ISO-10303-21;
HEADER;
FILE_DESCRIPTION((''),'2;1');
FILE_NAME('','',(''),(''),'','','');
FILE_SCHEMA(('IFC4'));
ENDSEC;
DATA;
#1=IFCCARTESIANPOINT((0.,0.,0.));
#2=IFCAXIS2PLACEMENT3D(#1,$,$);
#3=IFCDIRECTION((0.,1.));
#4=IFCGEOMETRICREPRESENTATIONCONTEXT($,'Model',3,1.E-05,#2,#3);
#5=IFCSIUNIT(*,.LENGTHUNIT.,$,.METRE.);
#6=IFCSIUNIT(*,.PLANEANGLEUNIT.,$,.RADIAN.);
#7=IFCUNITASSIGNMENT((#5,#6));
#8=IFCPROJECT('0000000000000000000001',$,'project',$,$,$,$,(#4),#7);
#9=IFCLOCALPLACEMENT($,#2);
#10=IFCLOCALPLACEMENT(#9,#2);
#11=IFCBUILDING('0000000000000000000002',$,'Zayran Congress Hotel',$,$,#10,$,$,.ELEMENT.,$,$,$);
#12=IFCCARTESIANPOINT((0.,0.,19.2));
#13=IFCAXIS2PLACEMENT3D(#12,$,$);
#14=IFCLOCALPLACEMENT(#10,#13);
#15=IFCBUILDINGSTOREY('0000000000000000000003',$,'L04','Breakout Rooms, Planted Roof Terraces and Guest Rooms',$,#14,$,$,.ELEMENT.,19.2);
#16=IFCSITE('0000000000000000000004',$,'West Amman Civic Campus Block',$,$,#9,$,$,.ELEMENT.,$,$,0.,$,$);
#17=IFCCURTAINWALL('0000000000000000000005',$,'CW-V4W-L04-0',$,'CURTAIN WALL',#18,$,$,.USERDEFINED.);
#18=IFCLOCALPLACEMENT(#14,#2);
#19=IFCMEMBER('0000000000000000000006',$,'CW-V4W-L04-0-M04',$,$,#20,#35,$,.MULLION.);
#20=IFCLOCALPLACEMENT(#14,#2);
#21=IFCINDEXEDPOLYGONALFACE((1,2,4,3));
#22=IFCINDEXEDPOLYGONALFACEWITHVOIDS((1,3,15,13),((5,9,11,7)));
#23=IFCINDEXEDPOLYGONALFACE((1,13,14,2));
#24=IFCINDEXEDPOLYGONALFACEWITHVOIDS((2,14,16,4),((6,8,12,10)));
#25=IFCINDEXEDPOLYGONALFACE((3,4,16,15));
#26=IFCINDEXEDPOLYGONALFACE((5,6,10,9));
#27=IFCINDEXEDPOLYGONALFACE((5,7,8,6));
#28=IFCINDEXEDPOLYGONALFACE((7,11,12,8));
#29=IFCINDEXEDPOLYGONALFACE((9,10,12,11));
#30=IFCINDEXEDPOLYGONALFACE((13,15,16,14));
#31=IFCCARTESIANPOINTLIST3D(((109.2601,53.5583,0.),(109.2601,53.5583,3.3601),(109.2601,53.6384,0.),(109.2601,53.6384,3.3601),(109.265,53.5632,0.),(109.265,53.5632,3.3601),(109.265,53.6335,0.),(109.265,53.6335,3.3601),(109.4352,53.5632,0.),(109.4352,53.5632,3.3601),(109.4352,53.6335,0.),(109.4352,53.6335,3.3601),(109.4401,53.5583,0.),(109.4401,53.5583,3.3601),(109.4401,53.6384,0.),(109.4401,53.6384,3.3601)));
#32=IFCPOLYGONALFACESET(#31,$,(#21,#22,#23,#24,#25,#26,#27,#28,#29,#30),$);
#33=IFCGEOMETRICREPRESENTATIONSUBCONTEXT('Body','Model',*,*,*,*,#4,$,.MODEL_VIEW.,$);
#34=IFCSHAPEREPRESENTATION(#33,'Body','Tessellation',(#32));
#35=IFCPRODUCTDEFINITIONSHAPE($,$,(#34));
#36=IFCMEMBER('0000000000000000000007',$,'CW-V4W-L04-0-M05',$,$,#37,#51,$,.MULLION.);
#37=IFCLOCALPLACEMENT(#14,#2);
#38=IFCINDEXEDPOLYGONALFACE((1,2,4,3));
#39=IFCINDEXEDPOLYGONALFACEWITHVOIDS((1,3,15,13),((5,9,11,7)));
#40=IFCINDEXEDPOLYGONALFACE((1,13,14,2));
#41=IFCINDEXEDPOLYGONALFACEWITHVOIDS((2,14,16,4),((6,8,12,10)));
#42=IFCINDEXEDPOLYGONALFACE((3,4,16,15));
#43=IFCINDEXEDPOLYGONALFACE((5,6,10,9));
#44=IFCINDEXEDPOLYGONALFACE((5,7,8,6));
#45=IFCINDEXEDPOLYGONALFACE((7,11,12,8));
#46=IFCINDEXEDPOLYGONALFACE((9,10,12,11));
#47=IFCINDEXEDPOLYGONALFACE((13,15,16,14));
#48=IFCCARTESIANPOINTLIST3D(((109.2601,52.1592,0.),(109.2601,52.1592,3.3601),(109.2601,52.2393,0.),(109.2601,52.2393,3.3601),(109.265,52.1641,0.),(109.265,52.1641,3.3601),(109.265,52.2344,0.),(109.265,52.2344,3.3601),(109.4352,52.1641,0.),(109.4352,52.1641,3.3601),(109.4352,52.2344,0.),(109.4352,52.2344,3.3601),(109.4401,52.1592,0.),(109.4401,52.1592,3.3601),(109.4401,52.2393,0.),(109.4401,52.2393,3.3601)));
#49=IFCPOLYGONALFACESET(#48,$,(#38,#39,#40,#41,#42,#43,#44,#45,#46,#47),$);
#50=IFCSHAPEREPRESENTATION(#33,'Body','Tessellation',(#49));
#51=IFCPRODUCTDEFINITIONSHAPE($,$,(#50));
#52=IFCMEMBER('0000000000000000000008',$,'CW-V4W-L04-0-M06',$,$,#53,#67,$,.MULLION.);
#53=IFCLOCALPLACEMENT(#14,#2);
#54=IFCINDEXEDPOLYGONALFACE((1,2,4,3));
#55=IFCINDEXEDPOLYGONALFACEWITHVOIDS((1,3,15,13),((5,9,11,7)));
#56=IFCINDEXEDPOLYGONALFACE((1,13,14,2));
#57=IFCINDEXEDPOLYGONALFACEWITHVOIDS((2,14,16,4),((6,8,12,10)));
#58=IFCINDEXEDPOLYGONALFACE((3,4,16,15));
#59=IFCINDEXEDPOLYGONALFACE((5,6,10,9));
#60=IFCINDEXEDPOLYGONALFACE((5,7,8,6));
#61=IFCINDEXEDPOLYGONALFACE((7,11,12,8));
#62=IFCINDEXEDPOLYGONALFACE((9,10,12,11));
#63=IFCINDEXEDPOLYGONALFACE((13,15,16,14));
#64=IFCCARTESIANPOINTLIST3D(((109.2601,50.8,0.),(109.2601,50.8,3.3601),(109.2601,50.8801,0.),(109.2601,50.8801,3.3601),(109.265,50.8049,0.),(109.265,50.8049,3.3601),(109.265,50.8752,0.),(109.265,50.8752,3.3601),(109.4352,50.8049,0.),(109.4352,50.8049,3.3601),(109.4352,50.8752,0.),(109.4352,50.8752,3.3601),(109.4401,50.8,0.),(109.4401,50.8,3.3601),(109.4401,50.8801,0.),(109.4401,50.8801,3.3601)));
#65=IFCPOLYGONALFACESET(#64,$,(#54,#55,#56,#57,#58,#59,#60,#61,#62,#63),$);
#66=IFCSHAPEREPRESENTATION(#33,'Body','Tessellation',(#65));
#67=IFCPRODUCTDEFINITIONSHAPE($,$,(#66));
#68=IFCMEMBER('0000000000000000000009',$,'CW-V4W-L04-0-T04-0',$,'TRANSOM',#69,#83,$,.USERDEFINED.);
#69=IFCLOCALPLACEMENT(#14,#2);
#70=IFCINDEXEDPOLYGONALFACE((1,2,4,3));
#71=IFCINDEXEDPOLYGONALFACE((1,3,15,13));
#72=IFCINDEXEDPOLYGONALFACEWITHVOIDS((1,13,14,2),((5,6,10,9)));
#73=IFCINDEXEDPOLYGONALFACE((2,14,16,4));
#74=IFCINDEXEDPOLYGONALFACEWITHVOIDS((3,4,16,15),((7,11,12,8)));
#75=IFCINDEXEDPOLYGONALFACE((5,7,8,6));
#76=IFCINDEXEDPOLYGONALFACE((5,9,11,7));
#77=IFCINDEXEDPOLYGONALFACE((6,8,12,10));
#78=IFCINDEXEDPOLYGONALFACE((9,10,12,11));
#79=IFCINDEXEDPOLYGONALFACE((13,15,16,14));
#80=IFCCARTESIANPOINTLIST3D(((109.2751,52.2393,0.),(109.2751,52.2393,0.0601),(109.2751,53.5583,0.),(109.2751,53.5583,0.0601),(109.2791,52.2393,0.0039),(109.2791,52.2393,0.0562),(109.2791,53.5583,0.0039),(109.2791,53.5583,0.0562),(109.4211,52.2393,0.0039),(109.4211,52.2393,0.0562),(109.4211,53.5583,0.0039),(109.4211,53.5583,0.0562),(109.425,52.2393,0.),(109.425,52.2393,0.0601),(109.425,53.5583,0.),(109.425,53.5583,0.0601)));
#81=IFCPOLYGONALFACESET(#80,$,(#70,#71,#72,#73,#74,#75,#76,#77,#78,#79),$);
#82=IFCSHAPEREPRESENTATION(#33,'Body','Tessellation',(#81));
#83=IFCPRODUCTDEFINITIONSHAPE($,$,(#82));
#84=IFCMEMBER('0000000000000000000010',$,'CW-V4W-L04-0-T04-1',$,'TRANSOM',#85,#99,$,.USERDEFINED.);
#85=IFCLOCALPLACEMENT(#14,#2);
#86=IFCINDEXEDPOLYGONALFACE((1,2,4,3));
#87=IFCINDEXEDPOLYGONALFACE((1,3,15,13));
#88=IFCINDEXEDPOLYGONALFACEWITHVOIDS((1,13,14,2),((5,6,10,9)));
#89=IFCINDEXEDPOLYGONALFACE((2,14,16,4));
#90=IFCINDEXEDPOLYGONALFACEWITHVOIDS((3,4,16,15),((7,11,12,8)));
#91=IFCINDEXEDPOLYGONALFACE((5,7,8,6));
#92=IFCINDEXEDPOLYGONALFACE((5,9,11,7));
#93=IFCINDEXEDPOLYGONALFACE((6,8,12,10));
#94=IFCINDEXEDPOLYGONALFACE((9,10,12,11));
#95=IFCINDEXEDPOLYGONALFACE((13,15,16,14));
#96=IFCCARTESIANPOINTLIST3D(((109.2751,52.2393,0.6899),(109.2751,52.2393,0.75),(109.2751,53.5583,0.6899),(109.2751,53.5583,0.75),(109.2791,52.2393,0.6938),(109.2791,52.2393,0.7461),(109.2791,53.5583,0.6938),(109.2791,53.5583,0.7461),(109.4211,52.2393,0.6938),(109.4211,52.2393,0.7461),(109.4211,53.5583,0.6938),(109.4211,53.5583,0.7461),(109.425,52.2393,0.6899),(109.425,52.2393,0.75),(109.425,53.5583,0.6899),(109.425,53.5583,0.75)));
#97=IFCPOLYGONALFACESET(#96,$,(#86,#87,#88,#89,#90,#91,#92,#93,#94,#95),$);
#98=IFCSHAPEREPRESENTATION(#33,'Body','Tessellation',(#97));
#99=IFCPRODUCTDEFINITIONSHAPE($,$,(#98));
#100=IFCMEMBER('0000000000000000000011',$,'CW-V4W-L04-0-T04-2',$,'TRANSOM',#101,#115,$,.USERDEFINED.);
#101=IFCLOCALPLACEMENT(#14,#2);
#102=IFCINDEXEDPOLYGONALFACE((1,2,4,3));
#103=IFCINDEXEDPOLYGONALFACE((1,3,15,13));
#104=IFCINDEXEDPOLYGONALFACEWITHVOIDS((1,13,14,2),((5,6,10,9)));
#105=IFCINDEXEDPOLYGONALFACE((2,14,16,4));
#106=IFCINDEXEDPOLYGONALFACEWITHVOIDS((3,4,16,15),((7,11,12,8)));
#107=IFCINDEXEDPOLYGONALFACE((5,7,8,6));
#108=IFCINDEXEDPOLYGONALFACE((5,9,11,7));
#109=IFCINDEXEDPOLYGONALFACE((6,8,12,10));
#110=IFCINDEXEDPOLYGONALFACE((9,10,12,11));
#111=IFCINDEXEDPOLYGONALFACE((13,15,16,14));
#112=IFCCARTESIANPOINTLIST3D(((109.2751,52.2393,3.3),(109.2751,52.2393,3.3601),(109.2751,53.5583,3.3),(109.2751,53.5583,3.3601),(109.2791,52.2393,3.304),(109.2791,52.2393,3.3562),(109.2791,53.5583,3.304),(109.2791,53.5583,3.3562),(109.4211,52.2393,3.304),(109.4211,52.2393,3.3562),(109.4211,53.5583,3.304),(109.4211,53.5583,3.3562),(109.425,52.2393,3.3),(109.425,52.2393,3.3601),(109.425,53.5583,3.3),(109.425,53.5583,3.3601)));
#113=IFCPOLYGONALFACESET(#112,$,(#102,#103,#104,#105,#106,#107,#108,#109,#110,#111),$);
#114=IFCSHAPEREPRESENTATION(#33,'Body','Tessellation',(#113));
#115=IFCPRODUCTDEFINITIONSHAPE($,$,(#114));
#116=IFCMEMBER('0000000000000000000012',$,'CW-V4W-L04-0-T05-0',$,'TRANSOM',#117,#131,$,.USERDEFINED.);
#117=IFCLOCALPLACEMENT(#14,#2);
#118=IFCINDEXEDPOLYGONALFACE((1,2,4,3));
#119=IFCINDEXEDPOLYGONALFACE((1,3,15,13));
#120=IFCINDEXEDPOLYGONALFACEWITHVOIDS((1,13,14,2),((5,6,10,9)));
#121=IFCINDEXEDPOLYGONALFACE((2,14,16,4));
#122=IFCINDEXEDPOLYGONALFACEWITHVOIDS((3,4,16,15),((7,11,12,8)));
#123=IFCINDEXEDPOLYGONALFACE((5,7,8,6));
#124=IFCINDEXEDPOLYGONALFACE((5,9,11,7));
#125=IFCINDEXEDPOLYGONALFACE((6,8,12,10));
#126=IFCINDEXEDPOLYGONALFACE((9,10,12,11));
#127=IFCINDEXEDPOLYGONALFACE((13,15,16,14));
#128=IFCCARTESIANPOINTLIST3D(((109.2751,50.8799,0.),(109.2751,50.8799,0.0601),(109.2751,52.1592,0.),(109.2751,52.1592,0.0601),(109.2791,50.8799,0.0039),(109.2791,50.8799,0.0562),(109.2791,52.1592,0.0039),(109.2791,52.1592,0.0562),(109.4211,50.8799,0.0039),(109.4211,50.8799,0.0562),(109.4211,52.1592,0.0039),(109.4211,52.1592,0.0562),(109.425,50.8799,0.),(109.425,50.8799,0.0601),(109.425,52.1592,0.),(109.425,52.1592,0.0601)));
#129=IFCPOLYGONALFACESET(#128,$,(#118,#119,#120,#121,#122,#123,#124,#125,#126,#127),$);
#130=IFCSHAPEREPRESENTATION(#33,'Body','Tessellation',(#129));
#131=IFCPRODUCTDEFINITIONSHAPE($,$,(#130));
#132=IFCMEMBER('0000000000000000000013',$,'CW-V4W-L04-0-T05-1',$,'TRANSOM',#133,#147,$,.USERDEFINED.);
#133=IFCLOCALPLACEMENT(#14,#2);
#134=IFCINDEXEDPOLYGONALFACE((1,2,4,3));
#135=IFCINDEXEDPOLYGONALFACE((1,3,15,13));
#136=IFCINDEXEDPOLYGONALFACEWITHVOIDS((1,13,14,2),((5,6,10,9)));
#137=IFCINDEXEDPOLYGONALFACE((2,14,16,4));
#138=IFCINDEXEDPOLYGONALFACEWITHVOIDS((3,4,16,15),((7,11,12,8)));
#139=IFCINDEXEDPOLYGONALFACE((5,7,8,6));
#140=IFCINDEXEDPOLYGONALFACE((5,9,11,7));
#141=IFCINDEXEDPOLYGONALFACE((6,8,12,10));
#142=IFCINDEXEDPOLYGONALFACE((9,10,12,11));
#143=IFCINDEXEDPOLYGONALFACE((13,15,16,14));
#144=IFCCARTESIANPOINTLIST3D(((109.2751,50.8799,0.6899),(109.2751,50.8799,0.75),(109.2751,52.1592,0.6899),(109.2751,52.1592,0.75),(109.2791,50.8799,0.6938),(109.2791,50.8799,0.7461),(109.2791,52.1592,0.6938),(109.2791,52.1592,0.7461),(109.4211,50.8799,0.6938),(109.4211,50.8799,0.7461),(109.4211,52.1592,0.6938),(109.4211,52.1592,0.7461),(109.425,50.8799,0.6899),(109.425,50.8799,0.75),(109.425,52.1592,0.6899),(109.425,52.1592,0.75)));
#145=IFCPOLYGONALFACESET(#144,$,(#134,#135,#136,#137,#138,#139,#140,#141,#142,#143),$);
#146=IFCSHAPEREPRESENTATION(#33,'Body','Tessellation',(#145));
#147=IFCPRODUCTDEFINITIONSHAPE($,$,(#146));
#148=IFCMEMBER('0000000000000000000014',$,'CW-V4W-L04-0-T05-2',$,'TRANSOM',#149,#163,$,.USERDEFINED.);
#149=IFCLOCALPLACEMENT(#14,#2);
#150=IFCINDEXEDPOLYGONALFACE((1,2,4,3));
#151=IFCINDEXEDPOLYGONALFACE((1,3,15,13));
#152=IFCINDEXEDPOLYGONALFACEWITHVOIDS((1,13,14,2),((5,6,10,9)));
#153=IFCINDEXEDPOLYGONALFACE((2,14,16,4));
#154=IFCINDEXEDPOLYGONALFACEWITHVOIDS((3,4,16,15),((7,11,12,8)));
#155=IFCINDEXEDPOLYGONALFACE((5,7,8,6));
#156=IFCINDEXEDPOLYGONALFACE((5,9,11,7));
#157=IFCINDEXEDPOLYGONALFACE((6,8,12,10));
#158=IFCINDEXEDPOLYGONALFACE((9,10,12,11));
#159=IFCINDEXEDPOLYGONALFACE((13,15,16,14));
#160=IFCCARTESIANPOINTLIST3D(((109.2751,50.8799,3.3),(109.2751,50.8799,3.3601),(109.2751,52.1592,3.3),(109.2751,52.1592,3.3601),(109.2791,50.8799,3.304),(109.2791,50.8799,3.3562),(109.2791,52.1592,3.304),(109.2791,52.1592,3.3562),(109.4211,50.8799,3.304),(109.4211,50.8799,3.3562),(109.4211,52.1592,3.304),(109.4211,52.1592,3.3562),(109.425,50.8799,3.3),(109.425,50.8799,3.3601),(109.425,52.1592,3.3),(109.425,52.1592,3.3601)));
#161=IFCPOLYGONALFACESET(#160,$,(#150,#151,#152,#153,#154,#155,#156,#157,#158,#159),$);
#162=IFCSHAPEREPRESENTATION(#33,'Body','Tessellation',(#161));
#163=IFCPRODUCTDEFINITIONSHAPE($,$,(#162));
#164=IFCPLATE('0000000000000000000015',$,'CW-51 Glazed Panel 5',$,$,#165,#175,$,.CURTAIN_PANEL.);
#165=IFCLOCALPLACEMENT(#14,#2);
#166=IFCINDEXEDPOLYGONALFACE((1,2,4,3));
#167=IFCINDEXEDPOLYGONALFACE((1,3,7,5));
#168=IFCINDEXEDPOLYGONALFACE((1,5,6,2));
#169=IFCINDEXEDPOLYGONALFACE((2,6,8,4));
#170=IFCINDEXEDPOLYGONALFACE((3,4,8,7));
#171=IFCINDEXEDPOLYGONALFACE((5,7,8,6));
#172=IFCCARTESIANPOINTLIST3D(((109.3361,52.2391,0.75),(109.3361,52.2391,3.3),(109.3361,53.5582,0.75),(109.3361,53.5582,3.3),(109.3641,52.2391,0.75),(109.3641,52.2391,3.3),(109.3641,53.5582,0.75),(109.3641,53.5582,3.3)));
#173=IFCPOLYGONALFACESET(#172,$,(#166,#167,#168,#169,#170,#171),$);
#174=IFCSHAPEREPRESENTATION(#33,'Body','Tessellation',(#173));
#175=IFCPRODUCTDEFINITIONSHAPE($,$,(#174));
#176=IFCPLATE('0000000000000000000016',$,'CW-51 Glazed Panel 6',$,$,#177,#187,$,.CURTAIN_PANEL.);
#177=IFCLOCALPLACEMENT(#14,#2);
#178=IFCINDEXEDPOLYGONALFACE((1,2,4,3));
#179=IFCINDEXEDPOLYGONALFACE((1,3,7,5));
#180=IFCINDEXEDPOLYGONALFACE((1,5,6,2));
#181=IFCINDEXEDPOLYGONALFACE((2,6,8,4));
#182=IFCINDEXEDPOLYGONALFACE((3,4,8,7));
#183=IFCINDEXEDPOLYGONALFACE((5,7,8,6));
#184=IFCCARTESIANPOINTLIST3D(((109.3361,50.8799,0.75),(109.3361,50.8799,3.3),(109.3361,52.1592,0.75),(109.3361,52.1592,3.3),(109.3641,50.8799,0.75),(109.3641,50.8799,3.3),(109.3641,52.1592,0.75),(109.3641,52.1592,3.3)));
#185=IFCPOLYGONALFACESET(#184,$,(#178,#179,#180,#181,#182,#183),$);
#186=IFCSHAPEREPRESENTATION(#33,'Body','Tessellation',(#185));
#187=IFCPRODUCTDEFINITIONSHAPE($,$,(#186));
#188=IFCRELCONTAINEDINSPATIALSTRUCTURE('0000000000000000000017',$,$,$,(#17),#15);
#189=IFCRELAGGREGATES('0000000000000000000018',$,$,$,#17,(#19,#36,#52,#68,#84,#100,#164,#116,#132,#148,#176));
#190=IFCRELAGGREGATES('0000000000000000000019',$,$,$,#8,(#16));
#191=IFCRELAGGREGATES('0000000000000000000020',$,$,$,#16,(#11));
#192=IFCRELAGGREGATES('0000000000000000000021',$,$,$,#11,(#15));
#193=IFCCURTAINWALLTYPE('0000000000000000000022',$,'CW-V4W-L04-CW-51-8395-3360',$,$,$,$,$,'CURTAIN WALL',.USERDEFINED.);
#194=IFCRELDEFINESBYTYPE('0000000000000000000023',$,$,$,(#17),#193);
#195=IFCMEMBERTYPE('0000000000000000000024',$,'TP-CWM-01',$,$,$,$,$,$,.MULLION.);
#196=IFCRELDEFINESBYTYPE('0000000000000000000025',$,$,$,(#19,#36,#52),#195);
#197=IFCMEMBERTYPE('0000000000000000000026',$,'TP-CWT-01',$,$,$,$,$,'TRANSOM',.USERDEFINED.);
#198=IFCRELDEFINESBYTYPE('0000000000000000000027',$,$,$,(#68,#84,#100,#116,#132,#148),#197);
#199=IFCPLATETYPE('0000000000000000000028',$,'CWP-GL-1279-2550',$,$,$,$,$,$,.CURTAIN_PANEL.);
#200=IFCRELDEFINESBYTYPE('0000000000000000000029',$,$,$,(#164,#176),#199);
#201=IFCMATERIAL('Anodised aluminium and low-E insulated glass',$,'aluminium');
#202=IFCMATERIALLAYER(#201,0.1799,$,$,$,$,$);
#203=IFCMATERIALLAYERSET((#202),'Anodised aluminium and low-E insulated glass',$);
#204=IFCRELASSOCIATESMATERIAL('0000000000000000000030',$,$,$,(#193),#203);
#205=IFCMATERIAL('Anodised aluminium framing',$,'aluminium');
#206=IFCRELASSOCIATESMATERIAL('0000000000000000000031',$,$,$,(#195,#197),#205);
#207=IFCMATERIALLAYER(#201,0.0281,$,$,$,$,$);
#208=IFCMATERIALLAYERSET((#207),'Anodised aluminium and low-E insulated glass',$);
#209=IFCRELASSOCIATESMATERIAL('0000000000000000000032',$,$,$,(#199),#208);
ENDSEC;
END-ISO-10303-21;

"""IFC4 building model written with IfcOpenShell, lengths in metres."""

from ifc_helpers import new_model, si_unit, direction, frame, origin, origin_2d, place, context, subcontext, project, spatial, rectangle, hollow_rectangle, extrude, material, layer, layer_set, material_profile, profile_set, type_object, element, aggregate, save


model = new_model("IFC4")

# Units and contexts
model_context = context("Model", 3, precision=1e-05, world=origin(), true_north=direction((0.0, 1.0)))
body_context = subcontext(model_context, "Body", "Model", "MODEL_VIEW")
ifc_project = project(units=[si_unit("LENGTHUNIT", "METRE"), si_unit("PLANEANGLEUNIT", "RADIAN")], contexts=[model_context])

# Site, building, storey
site_placement = place(None, origin())
site = spatial("IfcSite", under=ifc_project, at=site_placement, Name="West Amman Civic Campus Block", CompositionType="ELEMENT", RefElevation=0.0)
building_placement = place(site_placement, origin())
building = spatial("IfcBuilding", under=site, at=building_placement, Name="Zayran Congress Hotel", CompositionType="ELEMENT")
storey_placement = place(building_placement, frame((0.0, 0.0, 19.2)))
storey = spatial("IfcBuildingStorey", under=building, at=storey_placement, Name="L04", Description="Breakout Rooms, Planted Roof Terraces and Guest Rooms", CompositionType="ELEMENT", Elevation=19.2)

# Curtain wall, members, plates
ifc_material_1 = material(Name="Anodised aluminium and low-E insulated glass", Category="aluminium")
ifc_layer_1 = layer(ifc_material_1, 0.1799)
ifc_layer_set_1 = layer_set([ifc_layer_1], Name="Anodised aluminium and low-E insulated glass")
curtain_wall_type = type_object("IfcCurtainWallType", Name="CW-V4W-L04-CW-51-8395-3360", ElementType="CURTAIN WALL", PredefinedType="USERDEFINED", material=ifc_layer_set_1)
curtain_wall_placement = place(storey_placement, origin())
curtain_wall = element("IfcCurtainWall", 1, at=curtain_wall_placement, inside=storey, type_object=curtain_wall_type, Name="CW-V4W-L04-0", ObjectType="CURTAIN WALL", PredefinedType="USERDEFINED")
ifc_material_2 = material(Name="Anodised aluminium framing", Category="aluminium")
ifc_material_profile_1 = material_profile(ifc_material_2, hollow_rectangle(XDim=0.0801, YDim=0.1799, WallThickness=0.0049, at=origin_2d()), Name="RHS 180x80x5")
ifc_profile_set_1 = profile_set([ifc_material_profile_1], Name="Anodised aluminium framing")
member_type_1 = type_object("IfcMemberType", Name="TP-CWM-01", PredefinedType="MULLION", material=ifc_profile_set_1)
member_1_placement = place(storey_placement, frame((109.3501, 53.5984, 0.0), z_axis=(0.0, 0.0, 1.0), x_axis=(0.0, 1.0, 0.0)))
member_1 = element("IfcMember", 2, at=member_1_placement, type_object=member_type_1, Name="CW-V4W-L04-0-M04", PredefinedType="MULLION", context=body_context, shape_type="SweptSolid", body=[
    extrude(hollow_rectangle(XDim=0.0801, YDim=0.1799, WallThickness=0.0049, at=origin_2d()), origin(), (0.0, 0.0, 1.0), 3.3601),
])
member_2_placement = place(storey_placement, frame((109.3501, 52.1992, 0.0), z_axis=(0.0, 0.0, 1.0), x_axis=(0.0, 1.0, 0.0)))
member_2 = element("IfcMember", 3, at=member_2_placement, type_object=member_type_1, Name="CW-V4W-L04-0-M05", PredefinedType="MULLION", context=body_context, shape_type="SweptSolid", body=[
    extrude(hollow_rectangle(XDim=0.0801, YDim=0.1799, WallThickness=0.0049, at=origin_2d()), origin(), (0.0, 0.0, 1.0), 3.3601),
])
member_3_placement = place(storey_placement, frame((109.3501, 50.8401, 0.0), z_axis=(0.0, 0.0, 1.0), x_axis=(0.0, 1.0, 0.0)))
member_3 = element("IfcMember", 4, at=member_3_placement, type_object=member_type_1, Name="CW-V4W-L04-0-M06", PredefinedType="MULLION", context=body_context, shape_type="SweptSolid", body=[
    extrude(hollow_rectangle(XDim=0.0801, YDim=0.1799, WallThickness=0.0049, at=origin_2d()), origin(), (0.0, 0.0, 1.0), 3.3601),
])
ifc_material_profile_2 = material_profile(ifc_material_2, hollow_rectangle(XDim=0.0601, YDim=0.1499, WallThickness=0.0039, at=origin_2d()), Name="RHS 150x60x4")
ifc_profile_set_2 = profile_set([ifc_material_profile_2], Name="Anodised aluminium framing")
member_type_2 = type_object("IfcMemberType", Name="TP-CWT-01", ElementType="TRANSOM", PredefinedType="USERDEFINED", material=ifc_profile_set_2)
member_4_placement = place(storey_placement, frame((109.3501, 53.5583, 0.03), z_axis=(0.0, -1.0, 0.0), x_axis=(0.0, 0.0, 1.0)))
member_4 = element("IfcMember", 5, at=member_4_placement, type_object=member_type_2, Name="CW-V4W-L04-0-T04-0", ObjectType="TRANSOM", PredefinedType="USERDEFINED", context=body_context, shape_type="SweptSolid", body=[
    extrude(hollow_rectangle(XDim=0.0601, YDim=0.1499, WallThickness=0.0039, at=origin_2d()), origin(), (0.0, 0.0, 1.0), 1.3191),
])
member_5_placement = place(storey_placement, frame((109.3501, 53.5583, 0.72), z_axis=(0.0, -1.0, 0.0), x_axis=(0.0, 0.0, 1.0)))
member_5 = element("IfcMember", 6, at=member_5_placement, type_object=member_type_2, Name="CW-V4W-L04-0-T04-1", ObjectType="TRANSOM", PredefinedType="USERDEFINED", context=body_context, shape_type="SweptSolid", body=[
    extrude(hollow_rectangle(XDim=0.0601, YDim=0.1499, WallThickness=0.0039, at=origin_2d()), origin(), (0.0, 0.0, 1.0), 1.3191),
])
member_6_placement = place(storey_placement, frame((109.3501, 53.5583, 3.3301), z_axis=(0.0, -1.0, 0.0), x_axis=(0.0, 0.0, 1.0)))
member_6 = element("IfcMember", 7, at=member_6_placement, type_object=member_type_2, Name="CW-V4W-L04-0-T04-2", ObjectType="TRANSOM", PredefinedType="USERDEFINED", context=body_context, shape_type="SweptSolid", body=[
    extrude(hollow_rectangle(XDim=0.0601, YDim=0.1499, WallThickness=0.0039, at=origin_2d()), origin(), (0.0, 0.0, 1.0), 1.3191),
])
member_7_placement = place(storey_placement, frame((109.3501, 52.1592, 0.03), z_axis=(0.0, -1.0, 0.0), x_axis=(0.0, 0.0, 1.0)))
member_7 = element("IfcMember", 8, at=member_7_placement, type_object=member_type_2, Name="CW-V4W-L04-0-T05-0", ObjectType="TRANSOM", PredefinedType="USERDEFINED", context=body_context, shape_type="SweptSolid", body=[
    extrude(hollow_rectangle(XDim=0.0601, YDim=0.1499, WallThickness=0.0039, at=origin_2d()), origin(), (0.0, 0.0, 1.0), 1.2793),
])
member_8_placement = place(storey_placement, frame((109.3501, 52.1592, 0.72), z_axis=(0.0, -1.0, 0.0), x_axis=(0.0, 0.0, 1.0)))
member_8 = element("IfcMember", 9, at=member_8_placement, type_object=member_type_2, Name="CW-V4W-L04-0-T05-1", ObjectType="TRANSOM", PredefinedType="USERDEFINED", context=body_context, shape_type="SweptSolid", body=[
    extrude(hollow_rectangle(XDim=0.0601, YDim=0.1499, WallThickness=0.0039, at=origin_2d()), origin(), (0.0, 0.0, 1.0), 1.2793),
])
member_9_placement = place(storey_placement, frame((109.3501, 52.1592, 3.3301), z_axis=(0.0, -1.0, 0.0), x_axis=(0.0, 0.0, 1.0)))
member_9 = element("IfcMember", 10, at=member_9_placement, type_object=member_type_2, Name="CW-V4W-L04-0-T05-2", ObjectType="TRANSOM", PredefinedType="USERDEFINED", context=body_context, shape_type="SweptSolid", body=[
    extrude(hollow_rectangle(XDim=0.0601, YDim=0.1499, WallThickness=0.0039, at=origin_2d()), origin(), (0.0, 0.0, 1.0), 1.2793),
])
ifc_layer_2 = layer(ifc_material_1, 0.0281)
ifc_layer_set_2 = layer_set([ifc_layer_2], Name="Anodised aluminium and low-E insulated glass")
plate_type_1 = type_object("IfcPlateType", Name="CWP-GL-1279-2550", PredefinedType="CURTAIN_PANEL", material=ifc_layer_set_2)
plate_1_placement = place(storey_placement, frame((109.3501, 52.8987, 0.75), z_axis=(0.0, 0.0, 1.0), x_axis=(0.0, 1.0, 0.0)))
plate_1 = element("IfcPlate", 11, at=plate_1_placement, type_object=plate_type_1, Name="CW-51 Glazed Panel 5", PredefinedType="CURTAIN_PANEL", context=body_context, shape_type="SweptSolid", body=[
    extrude(rectangle(XDim=1.3191, YDim=0.0281, at=origin_2d()), origin(), (0.0, 0.0, 1.0), 2.55),
])
plate_2_placement = place(storey_placement, frame((109.3501, 51.5195, 0.75), z_axis=(0.0, 0.0, 1.0), x_axis=(0.0, 1.0, 0.0)))
plate_2 = element("IfcPlate", 12, at=plate_2_placement, type_object=plate_type_1, Name="CW-51 Glazed Panel 6", PredefinedType="CURTAIN_PANEL", context=body_context, shape_type="SweptSolid", body=[
    extrude(rectangle(XDim=1.2793, YDim=0.0281, at=origin_2d()), origin(), (0.0, 0.0, 1.0), 2.55),
])
aggregate(curtain_wall, [member_1, member_2, member_3, member_4, member_5, member_6, plate_1, member_7, member_8, member_9, plate_2])

save(model, "model.ifc")
